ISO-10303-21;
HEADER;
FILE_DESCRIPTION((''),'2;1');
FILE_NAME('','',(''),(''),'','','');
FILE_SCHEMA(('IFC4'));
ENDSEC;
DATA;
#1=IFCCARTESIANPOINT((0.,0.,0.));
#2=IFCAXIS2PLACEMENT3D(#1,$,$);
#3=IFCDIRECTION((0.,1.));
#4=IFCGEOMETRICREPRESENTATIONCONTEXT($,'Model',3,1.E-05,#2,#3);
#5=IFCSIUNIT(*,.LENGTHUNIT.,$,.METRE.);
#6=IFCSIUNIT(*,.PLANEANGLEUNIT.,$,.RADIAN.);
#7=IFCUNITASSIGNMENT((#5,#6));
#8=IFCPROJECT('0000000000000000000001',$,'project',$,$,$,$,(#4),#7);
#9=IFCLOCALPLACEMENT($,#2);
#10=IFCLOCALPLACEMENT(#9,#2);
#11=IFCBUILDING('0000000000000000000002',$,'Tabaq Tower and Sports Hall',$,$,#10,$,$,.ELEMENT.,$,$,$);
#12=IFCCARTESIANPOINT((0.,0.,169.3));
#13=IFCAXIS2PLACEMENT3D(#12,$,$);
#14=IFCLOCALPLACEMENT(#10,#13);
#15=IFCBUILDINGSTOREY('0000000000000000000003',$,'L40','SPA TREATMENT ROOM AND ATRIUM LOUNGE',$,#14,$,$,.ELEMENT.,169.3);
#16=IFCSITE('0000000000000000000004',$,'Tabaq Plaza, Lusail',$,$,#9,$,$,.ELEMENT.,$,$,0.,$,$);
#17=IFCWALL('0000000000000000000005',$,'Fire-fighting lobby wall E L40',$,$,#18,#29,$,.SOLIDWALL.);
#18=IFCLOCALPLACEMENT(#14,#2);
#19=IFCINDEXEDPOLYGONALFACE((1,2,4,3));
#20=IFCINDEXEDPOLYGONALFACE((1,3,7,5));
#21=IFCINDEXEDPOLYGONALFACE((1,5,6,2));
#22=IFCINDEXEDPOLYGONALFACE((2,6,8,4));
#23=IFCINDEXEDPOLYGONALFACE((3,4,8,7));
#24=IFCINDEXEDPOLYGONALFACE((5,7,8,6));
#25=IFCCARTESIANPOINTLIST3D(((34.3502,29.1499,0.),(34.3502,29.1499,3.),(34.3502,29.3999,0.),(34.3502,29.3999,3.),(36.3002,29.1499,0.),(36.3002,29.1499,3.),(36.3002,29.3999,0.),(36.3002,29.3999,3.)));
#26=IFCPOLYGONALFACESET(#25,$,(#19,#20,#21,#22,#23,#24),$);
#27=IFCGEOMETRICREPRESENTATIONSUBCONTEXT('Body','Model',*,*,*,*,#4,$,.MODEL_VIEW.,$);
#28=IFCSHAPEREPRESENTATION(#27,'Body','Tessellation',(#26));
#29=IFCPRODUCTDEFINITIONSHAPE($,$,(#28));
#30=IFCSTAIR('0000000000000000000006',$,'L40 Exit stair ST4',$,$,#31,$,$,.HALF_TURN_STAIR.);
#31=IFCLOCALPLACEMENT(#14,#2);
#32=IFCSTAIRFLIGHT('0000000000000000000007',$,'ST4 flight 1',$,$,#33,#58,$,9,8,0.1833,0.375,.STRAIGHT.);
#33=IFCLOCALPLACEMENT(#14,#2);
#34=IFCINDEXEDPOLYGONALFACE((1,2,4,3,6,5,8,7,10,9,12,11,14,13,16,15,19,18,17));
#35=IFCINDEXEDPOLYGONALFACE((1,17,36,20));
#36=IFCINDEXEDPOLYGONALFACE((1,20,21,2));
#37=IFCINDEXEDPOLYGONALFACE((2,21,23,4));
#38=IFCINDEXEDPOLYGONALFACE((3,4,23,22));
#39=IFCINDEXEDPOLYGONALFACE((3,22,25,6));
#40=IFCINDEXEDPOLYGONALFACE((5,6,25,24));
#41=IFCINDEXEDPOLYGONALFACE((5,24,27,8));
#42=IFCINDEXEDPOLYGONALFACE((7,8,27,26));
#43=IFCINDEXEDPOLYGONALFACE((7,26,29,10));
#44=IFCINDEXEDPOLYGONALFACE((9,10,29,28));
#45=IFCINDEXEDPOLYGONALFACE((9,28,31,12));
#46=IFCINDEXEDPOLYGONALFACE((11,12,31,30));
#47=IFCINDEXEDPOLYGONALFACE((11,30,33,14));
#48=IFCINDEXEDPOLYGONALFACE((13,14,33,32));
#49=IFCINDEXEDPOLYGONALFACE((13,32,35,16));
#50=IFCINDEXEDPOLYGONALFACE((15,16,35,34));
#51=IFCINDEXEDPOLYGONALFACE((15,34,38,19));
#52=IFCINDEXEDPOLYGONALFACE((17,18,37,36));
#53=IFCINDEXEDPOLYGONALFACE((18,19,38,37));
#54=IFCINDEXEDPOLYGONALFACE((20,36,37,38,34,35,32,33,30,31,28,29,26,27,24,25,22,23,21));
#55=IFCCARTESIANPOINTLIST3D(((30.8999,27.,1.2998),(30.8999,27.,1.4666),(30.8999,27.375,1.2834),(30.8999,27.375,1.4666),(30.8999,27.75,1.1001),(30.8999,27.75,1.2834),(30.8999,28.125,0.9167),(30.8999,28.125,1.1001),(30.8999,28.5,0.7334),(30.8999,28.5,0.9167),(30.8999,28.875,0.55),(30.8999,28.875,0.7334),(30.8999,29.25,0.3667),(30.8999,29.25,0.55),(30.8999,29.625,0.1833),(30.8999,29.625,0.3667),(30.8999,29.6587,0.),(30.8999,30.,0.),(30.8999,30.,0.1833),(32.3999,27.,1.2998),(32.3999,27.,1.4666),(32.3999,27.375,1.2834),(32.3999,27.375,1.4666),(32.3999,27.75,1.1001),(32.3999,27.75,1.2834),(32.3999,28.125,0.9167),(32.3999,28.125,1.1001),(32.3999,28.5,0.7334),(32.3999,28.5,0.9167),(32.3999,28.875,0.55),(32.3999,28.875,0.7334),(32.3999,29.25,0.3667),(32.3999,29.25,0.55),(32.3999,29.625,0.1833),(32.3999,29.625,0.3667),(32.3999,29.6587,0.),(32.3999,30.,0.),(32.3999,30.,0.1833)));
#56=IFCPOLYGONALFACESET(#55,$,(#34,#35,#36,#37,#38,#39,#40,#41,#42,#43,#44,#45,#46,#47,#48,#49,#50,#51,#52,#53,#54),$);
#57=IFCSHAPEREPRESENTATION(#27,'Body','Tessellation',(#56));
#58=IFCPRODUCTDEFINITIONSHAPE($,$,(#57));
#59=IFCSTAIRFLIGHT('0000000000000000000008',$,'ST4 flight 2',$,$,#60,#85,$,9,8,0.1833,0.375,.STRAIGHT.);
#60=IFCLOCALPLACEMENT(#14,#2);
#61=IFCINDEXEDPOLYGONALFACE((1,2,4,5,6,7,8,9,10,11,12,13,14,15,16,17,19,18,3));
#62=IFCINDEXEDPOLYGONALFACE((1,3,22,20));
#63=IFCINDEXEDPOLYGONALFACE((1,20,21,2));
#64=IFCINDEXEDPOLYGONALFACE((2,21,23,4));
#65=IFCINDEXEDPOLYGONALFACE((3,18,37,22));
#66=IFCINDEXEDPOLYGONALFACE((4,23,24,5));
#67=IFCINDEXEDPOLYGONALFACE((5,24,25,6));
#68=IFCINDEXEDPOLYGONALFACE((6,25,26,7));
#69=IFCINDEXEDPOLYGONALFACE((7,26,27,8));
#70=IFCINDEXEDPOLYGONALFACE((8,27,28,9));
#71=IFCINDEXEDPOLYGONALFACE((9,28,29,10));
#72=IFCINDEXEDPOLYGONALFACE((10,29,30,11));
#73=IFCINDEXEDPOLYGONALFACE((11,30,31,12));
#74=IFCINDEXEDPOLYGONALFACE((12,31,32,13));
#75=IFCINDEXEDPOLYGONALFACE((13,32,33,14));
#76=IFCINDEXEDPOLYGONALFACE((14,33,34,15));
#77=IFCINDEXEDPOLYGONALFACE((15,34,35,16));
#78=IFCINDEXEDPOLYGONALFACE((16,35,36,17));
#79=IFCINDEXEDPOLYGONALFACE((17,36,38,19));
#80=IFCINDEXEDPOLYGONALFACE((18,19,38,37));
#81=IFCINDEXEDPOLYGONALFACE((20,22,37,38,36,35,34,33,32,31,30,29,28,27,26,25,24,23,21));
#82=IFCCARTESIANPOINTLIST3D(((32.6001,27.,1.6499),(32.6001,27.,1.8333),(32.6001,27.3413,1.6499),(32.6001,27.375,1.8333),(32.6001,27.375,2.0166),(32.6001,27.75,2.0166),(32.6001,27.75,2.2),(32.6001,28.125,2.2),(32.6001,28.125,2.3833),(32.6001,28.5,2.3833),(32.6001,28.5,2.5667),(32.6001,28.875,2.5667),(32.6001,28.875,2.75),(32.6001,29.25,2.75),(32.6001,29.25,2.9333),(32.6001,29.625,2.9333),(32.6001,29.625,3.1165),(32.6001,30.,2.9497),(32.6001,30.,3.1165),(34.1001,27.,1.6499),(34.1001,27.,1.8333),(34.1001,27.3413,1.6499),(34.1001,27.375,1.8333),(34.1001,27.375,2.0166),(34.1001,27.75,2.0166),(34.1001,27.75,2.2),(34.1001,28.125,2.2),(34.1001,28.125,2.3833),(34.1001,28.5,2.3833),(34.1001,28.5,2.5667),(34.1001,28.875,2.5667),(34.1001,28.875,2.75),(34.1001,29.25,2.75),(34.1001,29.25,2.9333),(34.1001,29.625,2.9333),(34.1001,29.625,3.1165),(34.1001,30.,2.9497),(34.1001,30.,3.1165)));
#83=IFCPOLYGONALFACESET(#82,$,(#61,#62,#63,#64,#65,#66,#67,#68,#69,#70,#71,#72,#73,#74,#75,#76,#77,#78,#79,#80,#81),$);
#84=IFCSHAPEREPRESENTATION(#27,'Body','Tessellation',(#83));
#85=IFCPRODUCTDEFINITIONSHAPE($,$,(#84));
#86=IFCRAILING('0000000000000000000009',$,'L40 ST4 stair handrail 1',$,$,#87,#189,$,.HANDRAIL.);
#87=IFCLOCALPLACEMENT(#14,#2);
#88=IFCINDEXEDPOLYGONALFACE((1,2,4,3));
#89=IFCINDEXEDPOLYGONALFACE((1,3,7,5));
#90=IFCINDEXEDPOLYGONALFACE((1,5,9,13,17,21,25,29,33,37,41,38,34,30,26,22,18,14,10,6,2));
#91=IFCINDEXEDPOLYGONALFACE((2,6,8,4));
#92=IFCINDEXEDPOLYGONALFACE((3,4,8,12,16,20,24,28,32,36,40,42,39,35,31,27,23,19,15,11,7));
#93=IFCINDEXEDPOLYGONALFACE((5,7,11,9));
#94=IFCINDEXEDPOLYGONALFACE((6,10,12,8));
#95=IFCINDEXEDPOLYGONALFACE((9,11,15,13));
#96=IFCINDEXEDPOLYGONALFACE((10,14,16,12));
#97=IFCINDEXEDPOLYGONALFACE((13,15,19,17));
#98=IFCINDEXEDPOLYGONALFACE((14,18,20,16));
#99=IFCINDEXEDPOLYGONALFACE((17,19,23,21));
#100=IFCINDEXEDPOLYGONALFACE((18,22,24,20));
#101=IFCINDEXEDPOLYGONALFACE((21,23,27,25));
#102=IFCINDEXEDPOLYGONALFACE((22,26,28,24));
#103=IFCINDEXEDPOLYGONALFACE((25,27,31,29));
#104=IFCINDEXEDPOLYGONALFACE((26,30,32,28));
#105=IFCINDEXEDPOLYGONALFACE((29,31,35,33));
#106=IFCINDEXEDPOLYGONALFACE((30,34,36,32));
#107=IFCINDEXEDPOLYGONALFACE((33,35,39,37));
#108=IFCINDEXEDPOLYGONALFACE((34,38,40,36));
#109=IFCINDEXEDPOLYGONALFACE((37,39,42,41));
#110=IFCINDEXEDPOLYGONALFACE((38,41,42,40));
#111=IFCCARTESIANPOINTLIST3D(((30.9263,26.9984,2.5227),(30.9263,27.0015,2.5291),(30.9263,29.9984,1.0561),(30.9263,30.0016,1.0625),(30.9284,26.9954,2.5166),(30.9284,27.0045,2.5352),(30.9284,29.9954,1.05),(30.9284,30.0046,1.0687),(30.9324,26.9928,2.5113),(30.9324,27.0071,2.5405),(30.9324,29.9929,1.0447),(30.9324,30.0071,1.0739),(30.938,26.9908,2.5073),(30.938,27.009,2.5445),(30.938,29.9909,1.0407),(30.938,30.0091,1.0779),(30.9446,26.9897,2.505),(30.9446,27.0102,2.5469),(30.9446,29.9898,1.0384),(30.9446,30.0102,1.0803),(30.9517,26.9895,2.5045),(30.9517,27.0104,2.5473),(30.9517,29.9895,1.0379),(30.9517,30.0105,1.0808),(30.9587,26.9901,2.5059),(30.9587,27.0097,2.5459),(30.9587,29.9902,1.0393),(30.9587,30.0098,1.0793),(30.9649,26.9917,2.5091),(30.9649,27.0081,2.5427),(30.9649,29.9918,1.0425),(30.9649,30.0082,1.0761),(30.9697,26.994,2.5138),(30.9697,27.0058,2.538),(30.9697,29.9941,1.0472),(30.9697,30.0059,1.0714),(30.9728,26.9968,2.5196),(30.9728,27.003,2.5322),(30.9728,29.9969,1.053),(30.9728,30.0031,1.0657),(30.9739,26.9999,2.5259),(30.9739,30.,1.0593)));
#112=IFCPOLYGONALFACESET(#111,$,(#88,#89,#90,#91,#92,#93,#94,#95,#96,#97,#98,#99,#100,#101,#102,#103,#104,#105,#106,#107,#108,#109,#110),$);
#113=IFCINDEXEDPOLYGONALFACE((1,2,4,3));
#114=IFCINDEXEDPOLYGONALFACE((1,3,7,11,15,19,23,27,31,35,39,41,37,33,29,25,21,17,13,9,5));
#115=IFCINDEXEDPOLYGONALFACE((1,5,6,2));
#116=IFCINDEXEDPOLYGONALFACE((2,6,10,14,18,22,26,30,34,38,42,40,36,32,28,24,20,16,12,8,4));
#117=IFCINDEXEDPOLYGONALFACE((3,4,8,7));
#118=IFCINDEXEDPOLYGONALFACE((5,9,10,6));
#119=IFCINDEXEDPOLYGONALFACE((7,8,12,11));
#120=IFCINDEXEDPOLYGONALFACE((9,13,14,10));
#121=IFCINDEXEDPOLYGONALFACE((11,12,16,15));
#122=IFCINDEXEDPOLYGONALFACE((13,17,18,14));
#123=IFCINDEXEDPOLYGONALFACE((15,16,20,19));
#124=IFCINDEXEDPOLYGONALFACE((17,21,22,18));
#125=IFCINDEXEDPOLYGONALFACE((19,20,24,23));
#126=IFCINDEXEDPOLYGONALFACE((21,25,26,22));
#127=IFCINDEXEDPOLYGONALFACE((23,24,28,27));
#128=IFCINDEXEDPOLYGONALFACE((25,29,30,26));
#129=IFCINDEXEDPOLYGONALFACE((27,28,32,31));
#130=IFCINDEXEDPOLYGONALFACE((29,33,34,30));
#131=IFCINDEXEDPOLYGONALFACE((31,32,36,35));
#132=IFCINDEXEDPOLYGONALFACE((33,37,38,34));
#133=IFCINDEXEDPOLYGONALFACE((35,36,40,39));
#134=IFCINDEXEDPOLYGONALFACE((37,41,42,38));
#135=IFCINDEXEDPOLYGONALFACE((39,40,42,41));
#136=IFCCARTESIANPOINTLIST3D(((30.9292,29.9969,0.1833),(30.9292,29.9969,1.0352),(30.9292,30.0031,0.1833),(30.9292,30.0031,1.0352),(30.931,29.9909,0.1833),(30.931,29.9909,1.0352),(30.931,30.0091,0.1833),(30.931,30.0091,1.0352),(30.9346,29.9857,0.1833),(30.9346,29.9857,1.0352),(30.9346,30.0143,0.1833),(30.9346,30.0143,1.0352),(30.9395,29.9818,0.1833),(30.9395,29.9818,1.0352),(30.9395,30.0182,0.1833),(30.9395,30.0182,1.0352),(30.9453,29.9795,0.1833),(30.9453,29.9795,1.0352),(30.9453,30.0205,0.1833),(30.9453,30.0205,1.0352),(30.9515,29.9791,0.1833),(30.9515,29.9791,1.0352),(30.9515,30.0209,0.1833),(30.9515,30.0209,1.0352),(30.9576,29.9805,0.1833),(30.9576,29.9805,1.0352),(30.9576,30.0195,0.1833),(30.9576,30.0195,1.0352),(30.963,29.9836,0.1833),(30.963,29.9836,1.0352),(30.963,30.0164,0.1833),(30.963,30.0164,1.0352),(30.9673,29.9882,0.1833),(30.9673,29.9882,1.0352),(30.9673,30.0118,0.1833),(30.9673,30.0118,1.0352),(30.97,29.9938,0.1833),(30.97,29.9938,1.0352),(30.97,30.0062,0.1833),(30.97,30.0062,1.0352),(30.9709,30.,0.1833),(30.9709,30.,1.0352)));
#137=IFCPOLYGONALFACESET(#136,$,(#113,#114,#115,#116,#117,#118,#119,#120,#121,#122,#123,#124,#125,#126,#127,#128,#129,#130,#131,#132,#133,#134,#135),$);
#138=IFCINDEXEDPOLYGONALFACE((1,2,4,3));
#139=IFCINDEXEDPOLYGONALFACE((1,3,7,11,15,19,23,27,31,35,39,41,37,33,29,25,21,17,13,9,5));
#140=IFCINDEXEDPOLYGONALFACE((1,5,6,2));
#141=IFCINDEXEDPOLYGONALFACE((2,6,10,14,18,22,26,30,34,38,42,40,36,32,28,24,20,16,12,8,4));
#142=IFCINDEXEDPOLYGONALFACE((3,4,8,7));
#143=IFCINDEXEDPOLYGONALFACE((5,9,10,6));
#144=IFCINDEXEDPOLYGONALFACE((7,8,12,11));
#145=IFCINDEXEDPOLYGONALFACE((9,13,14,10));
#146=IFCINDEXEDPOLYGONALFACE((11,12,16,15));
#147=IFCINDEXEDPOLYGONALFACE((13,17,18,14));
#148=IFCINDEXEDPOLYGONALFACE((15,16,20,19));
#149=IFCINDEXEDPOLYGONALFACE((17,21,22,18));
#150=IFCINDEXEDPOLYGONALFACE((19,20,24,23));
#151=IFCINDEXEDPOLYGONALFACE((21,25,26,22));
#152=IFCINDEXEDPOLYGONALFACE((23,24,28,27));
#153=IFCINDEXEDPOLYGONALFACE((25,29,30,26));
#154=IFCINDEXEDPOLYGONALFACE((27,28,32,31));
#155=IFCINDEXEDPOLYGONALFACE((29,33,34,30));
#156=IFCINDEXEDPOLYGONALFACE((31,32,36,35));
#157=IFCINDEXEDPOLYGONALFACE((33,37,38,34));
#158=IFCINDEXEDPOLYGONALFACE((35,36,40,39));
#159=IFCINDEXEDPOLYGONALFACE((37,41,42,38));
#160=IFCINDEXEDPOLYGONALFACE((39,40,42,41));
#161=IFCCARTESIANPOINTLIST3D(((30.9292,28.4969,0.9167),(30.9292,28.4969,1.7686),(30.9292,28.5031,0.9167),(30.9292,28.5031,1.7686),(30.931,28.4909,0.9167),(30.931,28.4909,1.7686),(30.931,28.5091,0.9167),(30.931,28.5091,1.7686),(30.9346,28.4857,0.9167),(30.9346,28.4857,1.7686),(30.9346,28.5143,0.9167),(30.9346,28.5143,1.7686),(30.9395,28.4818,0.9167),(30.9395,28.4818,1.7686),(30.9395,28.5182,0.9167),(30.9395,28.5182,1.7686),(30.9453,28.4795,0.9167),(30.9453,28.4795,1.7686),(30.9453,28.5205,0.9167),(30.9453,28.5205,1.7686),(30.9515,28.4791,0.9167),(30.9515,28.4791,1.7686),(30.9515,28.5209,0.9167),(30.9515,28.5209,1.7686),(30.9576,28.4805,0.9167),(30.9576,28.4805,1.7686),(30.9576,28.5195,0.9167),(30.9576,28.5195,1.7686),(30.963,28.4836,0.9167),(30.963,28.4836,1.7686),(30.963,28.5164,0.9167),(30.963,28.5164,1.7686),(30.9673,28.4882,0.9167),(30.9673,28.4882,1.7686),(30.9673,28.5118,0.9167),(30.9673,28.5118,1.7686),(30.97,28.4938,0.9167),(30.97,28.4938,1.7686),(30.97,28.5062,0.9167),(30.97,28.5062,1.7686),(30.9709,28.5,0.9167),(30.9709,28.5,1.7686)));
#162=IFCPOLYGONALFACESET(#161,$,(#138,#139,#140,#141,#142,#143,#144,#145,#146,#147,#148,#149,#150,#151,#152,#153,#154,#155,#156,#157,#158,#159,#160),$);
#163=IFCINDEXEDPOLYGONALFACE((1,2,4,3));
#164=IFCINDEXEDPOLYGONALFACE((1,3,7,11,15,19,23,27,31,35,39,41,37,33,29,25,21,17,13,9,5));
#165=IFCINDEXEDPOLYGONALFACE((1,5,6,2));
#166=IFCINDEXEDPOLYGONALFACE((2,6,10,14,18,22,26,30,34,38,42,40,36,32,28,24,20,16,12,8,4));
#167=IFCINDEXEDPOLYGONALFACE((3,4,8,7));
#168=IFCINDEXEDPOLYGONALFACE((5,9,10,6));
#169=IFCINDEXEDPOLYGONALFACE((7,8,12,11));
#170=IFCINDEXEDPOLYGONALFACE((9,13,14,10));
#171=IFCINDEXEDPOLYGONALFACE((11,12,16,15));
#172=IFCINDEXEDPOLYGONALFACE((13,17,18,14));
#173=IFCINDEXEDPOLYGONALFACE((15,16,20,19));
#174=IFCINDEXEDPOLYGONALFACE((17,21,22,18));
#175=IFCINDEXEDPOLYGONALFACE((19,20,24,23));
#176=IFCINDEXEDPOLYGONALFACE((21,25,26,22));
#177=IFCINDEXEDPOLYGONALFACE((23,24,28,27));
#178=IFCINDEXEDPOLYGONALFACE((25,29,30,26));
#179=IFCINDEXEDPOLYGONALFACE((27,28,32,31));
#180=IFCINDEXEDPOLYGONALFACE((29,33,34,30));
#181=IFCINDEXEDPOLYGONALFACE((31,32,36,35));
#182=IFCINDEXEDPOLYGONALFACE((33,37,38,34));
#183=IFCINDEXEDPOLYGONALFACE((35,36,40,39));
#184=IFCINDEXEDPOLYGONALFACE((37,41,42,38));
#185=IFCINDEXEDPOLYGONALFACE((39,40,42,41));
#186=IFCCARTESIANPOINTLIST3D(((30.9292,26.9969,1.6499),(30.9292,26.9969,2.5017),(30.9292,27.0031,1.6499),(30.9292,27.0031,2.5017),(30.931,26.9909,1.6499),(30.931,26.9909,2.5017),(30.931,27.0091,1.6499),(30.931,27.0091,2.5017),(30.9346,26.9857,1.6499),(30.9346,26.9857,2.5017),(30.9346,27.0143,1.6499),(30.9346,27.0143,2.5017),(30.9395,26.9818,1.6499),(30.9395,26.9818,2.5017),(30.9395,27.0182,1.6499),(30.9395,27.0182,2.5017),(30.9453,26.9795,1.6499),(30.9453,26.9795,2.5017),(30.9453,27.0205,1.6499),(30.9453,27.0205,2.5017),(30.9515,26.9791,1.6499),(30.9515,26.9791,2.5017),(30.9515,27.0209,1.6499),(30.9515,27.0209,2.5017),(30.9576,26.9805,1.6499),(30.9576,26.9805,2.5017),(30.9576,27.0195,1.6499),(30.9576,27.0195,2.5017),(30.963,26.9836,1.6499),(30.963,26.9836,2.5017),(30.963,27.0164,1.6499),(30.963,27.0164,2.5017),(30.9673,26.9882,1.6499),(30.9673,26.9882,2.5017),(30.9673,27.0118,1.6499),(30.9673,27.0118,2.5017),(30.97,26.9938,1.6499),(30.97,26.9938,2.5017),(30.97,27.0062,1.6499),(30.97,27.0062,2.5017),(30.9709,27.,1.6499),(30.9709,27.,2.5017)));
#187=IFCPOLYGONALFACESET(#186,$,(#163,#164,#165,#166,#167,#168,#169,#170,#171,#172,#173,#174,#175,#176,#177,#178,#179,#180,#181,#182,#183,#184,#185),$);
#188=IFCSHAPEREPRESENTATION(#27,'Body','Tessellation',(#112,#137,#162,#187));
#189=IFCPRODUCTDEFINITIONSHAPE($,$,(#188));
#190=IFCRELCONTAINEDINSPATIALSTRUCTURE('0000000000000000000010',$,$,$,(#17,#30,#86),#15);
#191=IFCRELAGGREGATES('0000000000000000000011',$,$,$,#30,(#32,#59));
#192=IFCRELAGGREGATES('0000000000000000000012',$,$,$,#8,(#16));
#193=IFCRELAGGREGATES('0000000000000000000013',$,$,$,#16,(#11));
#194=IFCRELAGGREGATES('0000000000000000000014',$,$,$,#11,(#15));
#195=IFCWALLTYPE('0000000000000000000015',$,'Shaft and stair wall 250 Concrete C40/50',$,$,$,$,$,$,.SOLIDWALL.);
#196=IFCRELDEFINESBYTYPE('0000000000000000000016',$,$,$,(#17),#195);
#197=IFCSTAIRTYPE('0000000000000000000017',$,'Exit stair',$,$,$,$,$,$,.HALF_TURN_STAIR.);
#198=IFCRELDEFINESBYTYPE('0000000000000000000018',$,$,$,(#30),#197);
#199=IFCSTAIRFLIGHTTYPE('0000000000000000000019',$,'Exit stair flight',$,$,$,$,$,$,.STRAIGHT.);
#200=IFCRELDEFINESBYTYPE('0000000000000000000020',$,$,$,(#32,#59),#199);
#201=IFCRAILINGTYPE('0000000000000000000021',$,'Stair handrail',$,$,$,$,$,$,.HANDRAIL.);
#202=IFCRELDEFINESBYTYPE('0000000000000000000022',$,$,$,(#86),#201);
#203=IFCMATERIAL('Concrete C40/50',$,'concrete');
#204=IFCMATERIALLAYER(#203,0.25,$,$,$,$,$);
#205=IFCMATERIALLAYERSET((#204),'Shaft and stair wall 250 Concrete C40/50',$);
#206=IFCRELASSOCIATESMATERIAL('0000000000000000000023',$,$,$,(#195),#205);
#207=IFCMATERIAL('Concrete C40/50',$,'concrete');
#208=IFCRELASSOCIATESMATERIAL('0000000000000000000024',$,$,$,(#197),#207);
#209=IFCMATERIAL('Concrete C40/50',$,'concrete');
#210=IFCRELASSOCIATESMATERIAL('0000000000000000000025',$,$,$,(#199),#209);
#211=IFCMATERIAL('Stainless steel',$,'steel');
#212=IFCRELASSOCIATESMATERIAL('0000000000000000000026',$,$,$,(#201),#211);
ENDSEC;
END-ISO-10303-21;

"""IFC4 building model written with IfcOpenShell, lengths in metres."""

from ifc_helpers import new_model, si_unit, direction, frame, frame_2d, origin, origin_2d, place, context, subcontext, project, spatial, polyline, rectangle, circle, outline, extrude, material, layer, layer_set, type_object, element, aggregate, save


model = new_model("IFC4")

# Units and contexts
model_context = context("Model", 3, precision=1e-05, world=origin(), true_north=direction((0.0, 1.0)))
body_context = subcontext(model_context, "Body", "Model", "MODEL_VIEW")
ifc_project = project(units=[si_unit("LENGTHUNIT", "METRE"), si_unit("PLANEANGLEUNIT", "RADIAN")], contexts=[model_context])

# Site, building, storey
site_placement = place(None, origin())
site = spatial("IfcSite", under=ifc_project, at=site_placement, Name="Tabaq Plaza, Lusail", CompositionType="ELEMENT", RefElevation=0.0)
building_placement = place(site_placement, origin())
building = spatial("IfcBuilding", under=site, at=building_placement, Name="Tabaq Tower and Sports Hall", CompositionType="ELEMENT")
storey_placement = place(building_placement, frame((0.0, 0.0, 169.3)))
storey = spatial("IfcBuildingStorey", under=building, at=storey_placement, Name="L40", Description="SPA TREATMENT ROOM AND ATRIUM LOUNGE", CompositionType="ELEMENT", Elevation=169.3)

# Shared definitions
ifc_material_1 = material(Name="Concrete C40/50", Category="concrete")
ifc_layer_1 = layer(ifc_material_1, 0.25)
ifc_layer_set_1 = layer_set([ifc_layer_1], Name="Shaft and stair wall 250 Concrete C40/50")
wall_type_1 = type_object("IfcWallType", Name="Shaft and stair wall 250 Concrete C40/50", PredefinedType="SOLIDWALL", material=ifc_layer_set_1)

# Wall
wall_1_placement = place(storey_placement, frame((34.3501, 29.2749, 0.0), z_axis=(0.0, 0.0, 1.0), x_axis=(1.0, 0.0, 0.0)))
element("IfcWall", 1, at=wall_1_placement, inside=storey, type_object=wall_type_1, Name="Fire-fighting lobby wall E L40", PredefinedType="SOLIDWALL", context=body_context, shape_type="SweptSolid", body=[
    extrude(rectangle(XDim=1.95, YDim=0.25, at=frame_2d((0.9751, 0.0))), origin(), (0.0, 0.0, 1.0), 3.0),
])

# Stair, stair flights
ifc_material_2 = material(Name="Concrete C40/50", Category="concrete")
stair_type = type_object("IfcStairType", Name="Exit stair", PredefinedType="HALF_TURN_STAIR", material=ifc_material_2)
stair_placement = place(storey_placement, origin())
stair = element("IfcStair", 2, at=stair_placement, inside=storey, type_object=stair_type, Name="L40 Exit stair ST4", PredefinedType="HALF_TURN_STAIR")
ifc_material_3 = material(Name="Concrete C40/50", Category="concrete")
stair_flight_type = type_object("IfcStairFlightType", Name="Exit stair flight", PredefinedType="STRAIGHT", material=ifc_material_3)
stair_flight_1_placement = place(storey_placement, frame((31.6499, 30.0, 0.0), z_axis=(0.0, 0.0, 1.0), x_axis=(0.0, -1.0, 0.0)))
stair_flight_1 = element("IfcStairFlight", 3, at=stair_flight_1_placement, type_object=stair_flight_type, Name="ST4 flight 1", NumberOfRisers=9, NumberOfTreads=8, PredefinedType="STRAIGHT", RiserHeight=0.1833, TreadLength=0.375, context=body_context, shape_type="SweptSolid", body=[
    extrude(outline(polyline([(0.0, 0.0), (0.0, 0.1833), (0.375, 0.1833), (0.375, 0.3667), (0.75, 0.3667), (0.75, 0.55), (1.125, 0.55), (1.125, 0.7334), (1.5, 0.7334), (1.5, 0.9167), (1.875, 0.9167), (1.875, 1.1001), (2.25, 1.1001), (2.25, 1.2834), (2.625, 1.2834), (2.625, 1.4666), (3.0, 1.4666), (3.0, 1.6499), (3.0, 1.2998), (0.3413, 0.0), (0.0, 0.0)])), frame((0.0, 0.75, 0.0), z_axis=(0.0, -1.0, 0.0), x_axis=(1.0, 0.0, 0.0)), (0.0, 0.0, 1.0), 1.5),
])
stair_flight_2_placement = place(storey_placement, frame((33.3501, 27.0, 1.6499), z_axis=(0.0, 0.0, 1.0), x_axis=(0.0, 1.0, 0.0)))
stair_flight_2 = element("IfcStairFlight", 4, at=stair_flight_2_placement, type_object=stair_flight_type, Name="ST4 flight 2", NumberOfRisers=9, NumberOfTreads=8, PredefinedType="STRAIGHT", RiserHeight=0.1833, TreadLength=0.375, context=body_context, shape_type="SweptSolid", body=[
    extrude(outline(polyline([(0.0, 0.0), (0.0, 0.1833), (0.375, 0.1833), (0.375, 0.3667), (0.75, 0.3667), (0.75, 0.55), (1.125, 0.55), (1.125, 0.7334), (1.5, 0.7334), (1.5, 0.9167), (1.875, 0.9167), (1.875, 1.1001), (2.25, 1.1001), (2.25, 1.2834), (2.625, 1.2834), (2.625, 1.4666), (3.0, 1.4666), (3.0, 1.6499), (3.0, 1.2998), (0.3413, 0.0), (0.0, 0.0)])), frame((0.0, 0.75, 0.0), z_axis=(0.0, -1.0, 0.0), x_axis=(1.0, 0.0, 0.0)), (0.0, 0.0, 1.0), 1.5),
])
aggregate(stair, [stair_flight_1, stair_flight_2])

# Railing
ifc_material_4 = material(Name="Stainless steel", Category="steel")
railing_type_1 = type_object("IfcRailingType", Name="Stair handrail", PredefinedType="HANDRAIL", material=ifc_material_4)
railing_1_placement = place(storey_placement, frame((30.95, 30.0, 0.1833)))
element("IfcRailing", 5, at=railing_1_placement, inside=storey, type_object=railing_type_1, Name="L40 ST4 stair handrail 1", PredefinedType="HANDRAIL", context=body_context, shape_type="SweptSolid", body=[
    extrude(circle(Radius=0.0239, at=origin_2d()), frame((0.0, 0.0, 0.876), z_axis=(0.0, -0.898398, 0.439183), x_axis=(1.0, 0.0, 0.0)), (0.0, 0.0, 1.0), 3.3394),
    extrude(circle(Radius=0.021, at=origin_2d()), origin(), (0.0, 0.0, 1.0), 0.8518),
    extrude(circle(Radius=0.021, at=origin_2d()), frame((0.0, -1.5, 0.7334)), (0.0, 0.0, 1.0), 0.8518),
    extrude(circle(Radius=0.021, at=origin_2d()), frame((0.0, -3.0, 1.4666)), (0.0, 0.0, 1.0), 0.8518),
])

save(model, "model.ifc")
